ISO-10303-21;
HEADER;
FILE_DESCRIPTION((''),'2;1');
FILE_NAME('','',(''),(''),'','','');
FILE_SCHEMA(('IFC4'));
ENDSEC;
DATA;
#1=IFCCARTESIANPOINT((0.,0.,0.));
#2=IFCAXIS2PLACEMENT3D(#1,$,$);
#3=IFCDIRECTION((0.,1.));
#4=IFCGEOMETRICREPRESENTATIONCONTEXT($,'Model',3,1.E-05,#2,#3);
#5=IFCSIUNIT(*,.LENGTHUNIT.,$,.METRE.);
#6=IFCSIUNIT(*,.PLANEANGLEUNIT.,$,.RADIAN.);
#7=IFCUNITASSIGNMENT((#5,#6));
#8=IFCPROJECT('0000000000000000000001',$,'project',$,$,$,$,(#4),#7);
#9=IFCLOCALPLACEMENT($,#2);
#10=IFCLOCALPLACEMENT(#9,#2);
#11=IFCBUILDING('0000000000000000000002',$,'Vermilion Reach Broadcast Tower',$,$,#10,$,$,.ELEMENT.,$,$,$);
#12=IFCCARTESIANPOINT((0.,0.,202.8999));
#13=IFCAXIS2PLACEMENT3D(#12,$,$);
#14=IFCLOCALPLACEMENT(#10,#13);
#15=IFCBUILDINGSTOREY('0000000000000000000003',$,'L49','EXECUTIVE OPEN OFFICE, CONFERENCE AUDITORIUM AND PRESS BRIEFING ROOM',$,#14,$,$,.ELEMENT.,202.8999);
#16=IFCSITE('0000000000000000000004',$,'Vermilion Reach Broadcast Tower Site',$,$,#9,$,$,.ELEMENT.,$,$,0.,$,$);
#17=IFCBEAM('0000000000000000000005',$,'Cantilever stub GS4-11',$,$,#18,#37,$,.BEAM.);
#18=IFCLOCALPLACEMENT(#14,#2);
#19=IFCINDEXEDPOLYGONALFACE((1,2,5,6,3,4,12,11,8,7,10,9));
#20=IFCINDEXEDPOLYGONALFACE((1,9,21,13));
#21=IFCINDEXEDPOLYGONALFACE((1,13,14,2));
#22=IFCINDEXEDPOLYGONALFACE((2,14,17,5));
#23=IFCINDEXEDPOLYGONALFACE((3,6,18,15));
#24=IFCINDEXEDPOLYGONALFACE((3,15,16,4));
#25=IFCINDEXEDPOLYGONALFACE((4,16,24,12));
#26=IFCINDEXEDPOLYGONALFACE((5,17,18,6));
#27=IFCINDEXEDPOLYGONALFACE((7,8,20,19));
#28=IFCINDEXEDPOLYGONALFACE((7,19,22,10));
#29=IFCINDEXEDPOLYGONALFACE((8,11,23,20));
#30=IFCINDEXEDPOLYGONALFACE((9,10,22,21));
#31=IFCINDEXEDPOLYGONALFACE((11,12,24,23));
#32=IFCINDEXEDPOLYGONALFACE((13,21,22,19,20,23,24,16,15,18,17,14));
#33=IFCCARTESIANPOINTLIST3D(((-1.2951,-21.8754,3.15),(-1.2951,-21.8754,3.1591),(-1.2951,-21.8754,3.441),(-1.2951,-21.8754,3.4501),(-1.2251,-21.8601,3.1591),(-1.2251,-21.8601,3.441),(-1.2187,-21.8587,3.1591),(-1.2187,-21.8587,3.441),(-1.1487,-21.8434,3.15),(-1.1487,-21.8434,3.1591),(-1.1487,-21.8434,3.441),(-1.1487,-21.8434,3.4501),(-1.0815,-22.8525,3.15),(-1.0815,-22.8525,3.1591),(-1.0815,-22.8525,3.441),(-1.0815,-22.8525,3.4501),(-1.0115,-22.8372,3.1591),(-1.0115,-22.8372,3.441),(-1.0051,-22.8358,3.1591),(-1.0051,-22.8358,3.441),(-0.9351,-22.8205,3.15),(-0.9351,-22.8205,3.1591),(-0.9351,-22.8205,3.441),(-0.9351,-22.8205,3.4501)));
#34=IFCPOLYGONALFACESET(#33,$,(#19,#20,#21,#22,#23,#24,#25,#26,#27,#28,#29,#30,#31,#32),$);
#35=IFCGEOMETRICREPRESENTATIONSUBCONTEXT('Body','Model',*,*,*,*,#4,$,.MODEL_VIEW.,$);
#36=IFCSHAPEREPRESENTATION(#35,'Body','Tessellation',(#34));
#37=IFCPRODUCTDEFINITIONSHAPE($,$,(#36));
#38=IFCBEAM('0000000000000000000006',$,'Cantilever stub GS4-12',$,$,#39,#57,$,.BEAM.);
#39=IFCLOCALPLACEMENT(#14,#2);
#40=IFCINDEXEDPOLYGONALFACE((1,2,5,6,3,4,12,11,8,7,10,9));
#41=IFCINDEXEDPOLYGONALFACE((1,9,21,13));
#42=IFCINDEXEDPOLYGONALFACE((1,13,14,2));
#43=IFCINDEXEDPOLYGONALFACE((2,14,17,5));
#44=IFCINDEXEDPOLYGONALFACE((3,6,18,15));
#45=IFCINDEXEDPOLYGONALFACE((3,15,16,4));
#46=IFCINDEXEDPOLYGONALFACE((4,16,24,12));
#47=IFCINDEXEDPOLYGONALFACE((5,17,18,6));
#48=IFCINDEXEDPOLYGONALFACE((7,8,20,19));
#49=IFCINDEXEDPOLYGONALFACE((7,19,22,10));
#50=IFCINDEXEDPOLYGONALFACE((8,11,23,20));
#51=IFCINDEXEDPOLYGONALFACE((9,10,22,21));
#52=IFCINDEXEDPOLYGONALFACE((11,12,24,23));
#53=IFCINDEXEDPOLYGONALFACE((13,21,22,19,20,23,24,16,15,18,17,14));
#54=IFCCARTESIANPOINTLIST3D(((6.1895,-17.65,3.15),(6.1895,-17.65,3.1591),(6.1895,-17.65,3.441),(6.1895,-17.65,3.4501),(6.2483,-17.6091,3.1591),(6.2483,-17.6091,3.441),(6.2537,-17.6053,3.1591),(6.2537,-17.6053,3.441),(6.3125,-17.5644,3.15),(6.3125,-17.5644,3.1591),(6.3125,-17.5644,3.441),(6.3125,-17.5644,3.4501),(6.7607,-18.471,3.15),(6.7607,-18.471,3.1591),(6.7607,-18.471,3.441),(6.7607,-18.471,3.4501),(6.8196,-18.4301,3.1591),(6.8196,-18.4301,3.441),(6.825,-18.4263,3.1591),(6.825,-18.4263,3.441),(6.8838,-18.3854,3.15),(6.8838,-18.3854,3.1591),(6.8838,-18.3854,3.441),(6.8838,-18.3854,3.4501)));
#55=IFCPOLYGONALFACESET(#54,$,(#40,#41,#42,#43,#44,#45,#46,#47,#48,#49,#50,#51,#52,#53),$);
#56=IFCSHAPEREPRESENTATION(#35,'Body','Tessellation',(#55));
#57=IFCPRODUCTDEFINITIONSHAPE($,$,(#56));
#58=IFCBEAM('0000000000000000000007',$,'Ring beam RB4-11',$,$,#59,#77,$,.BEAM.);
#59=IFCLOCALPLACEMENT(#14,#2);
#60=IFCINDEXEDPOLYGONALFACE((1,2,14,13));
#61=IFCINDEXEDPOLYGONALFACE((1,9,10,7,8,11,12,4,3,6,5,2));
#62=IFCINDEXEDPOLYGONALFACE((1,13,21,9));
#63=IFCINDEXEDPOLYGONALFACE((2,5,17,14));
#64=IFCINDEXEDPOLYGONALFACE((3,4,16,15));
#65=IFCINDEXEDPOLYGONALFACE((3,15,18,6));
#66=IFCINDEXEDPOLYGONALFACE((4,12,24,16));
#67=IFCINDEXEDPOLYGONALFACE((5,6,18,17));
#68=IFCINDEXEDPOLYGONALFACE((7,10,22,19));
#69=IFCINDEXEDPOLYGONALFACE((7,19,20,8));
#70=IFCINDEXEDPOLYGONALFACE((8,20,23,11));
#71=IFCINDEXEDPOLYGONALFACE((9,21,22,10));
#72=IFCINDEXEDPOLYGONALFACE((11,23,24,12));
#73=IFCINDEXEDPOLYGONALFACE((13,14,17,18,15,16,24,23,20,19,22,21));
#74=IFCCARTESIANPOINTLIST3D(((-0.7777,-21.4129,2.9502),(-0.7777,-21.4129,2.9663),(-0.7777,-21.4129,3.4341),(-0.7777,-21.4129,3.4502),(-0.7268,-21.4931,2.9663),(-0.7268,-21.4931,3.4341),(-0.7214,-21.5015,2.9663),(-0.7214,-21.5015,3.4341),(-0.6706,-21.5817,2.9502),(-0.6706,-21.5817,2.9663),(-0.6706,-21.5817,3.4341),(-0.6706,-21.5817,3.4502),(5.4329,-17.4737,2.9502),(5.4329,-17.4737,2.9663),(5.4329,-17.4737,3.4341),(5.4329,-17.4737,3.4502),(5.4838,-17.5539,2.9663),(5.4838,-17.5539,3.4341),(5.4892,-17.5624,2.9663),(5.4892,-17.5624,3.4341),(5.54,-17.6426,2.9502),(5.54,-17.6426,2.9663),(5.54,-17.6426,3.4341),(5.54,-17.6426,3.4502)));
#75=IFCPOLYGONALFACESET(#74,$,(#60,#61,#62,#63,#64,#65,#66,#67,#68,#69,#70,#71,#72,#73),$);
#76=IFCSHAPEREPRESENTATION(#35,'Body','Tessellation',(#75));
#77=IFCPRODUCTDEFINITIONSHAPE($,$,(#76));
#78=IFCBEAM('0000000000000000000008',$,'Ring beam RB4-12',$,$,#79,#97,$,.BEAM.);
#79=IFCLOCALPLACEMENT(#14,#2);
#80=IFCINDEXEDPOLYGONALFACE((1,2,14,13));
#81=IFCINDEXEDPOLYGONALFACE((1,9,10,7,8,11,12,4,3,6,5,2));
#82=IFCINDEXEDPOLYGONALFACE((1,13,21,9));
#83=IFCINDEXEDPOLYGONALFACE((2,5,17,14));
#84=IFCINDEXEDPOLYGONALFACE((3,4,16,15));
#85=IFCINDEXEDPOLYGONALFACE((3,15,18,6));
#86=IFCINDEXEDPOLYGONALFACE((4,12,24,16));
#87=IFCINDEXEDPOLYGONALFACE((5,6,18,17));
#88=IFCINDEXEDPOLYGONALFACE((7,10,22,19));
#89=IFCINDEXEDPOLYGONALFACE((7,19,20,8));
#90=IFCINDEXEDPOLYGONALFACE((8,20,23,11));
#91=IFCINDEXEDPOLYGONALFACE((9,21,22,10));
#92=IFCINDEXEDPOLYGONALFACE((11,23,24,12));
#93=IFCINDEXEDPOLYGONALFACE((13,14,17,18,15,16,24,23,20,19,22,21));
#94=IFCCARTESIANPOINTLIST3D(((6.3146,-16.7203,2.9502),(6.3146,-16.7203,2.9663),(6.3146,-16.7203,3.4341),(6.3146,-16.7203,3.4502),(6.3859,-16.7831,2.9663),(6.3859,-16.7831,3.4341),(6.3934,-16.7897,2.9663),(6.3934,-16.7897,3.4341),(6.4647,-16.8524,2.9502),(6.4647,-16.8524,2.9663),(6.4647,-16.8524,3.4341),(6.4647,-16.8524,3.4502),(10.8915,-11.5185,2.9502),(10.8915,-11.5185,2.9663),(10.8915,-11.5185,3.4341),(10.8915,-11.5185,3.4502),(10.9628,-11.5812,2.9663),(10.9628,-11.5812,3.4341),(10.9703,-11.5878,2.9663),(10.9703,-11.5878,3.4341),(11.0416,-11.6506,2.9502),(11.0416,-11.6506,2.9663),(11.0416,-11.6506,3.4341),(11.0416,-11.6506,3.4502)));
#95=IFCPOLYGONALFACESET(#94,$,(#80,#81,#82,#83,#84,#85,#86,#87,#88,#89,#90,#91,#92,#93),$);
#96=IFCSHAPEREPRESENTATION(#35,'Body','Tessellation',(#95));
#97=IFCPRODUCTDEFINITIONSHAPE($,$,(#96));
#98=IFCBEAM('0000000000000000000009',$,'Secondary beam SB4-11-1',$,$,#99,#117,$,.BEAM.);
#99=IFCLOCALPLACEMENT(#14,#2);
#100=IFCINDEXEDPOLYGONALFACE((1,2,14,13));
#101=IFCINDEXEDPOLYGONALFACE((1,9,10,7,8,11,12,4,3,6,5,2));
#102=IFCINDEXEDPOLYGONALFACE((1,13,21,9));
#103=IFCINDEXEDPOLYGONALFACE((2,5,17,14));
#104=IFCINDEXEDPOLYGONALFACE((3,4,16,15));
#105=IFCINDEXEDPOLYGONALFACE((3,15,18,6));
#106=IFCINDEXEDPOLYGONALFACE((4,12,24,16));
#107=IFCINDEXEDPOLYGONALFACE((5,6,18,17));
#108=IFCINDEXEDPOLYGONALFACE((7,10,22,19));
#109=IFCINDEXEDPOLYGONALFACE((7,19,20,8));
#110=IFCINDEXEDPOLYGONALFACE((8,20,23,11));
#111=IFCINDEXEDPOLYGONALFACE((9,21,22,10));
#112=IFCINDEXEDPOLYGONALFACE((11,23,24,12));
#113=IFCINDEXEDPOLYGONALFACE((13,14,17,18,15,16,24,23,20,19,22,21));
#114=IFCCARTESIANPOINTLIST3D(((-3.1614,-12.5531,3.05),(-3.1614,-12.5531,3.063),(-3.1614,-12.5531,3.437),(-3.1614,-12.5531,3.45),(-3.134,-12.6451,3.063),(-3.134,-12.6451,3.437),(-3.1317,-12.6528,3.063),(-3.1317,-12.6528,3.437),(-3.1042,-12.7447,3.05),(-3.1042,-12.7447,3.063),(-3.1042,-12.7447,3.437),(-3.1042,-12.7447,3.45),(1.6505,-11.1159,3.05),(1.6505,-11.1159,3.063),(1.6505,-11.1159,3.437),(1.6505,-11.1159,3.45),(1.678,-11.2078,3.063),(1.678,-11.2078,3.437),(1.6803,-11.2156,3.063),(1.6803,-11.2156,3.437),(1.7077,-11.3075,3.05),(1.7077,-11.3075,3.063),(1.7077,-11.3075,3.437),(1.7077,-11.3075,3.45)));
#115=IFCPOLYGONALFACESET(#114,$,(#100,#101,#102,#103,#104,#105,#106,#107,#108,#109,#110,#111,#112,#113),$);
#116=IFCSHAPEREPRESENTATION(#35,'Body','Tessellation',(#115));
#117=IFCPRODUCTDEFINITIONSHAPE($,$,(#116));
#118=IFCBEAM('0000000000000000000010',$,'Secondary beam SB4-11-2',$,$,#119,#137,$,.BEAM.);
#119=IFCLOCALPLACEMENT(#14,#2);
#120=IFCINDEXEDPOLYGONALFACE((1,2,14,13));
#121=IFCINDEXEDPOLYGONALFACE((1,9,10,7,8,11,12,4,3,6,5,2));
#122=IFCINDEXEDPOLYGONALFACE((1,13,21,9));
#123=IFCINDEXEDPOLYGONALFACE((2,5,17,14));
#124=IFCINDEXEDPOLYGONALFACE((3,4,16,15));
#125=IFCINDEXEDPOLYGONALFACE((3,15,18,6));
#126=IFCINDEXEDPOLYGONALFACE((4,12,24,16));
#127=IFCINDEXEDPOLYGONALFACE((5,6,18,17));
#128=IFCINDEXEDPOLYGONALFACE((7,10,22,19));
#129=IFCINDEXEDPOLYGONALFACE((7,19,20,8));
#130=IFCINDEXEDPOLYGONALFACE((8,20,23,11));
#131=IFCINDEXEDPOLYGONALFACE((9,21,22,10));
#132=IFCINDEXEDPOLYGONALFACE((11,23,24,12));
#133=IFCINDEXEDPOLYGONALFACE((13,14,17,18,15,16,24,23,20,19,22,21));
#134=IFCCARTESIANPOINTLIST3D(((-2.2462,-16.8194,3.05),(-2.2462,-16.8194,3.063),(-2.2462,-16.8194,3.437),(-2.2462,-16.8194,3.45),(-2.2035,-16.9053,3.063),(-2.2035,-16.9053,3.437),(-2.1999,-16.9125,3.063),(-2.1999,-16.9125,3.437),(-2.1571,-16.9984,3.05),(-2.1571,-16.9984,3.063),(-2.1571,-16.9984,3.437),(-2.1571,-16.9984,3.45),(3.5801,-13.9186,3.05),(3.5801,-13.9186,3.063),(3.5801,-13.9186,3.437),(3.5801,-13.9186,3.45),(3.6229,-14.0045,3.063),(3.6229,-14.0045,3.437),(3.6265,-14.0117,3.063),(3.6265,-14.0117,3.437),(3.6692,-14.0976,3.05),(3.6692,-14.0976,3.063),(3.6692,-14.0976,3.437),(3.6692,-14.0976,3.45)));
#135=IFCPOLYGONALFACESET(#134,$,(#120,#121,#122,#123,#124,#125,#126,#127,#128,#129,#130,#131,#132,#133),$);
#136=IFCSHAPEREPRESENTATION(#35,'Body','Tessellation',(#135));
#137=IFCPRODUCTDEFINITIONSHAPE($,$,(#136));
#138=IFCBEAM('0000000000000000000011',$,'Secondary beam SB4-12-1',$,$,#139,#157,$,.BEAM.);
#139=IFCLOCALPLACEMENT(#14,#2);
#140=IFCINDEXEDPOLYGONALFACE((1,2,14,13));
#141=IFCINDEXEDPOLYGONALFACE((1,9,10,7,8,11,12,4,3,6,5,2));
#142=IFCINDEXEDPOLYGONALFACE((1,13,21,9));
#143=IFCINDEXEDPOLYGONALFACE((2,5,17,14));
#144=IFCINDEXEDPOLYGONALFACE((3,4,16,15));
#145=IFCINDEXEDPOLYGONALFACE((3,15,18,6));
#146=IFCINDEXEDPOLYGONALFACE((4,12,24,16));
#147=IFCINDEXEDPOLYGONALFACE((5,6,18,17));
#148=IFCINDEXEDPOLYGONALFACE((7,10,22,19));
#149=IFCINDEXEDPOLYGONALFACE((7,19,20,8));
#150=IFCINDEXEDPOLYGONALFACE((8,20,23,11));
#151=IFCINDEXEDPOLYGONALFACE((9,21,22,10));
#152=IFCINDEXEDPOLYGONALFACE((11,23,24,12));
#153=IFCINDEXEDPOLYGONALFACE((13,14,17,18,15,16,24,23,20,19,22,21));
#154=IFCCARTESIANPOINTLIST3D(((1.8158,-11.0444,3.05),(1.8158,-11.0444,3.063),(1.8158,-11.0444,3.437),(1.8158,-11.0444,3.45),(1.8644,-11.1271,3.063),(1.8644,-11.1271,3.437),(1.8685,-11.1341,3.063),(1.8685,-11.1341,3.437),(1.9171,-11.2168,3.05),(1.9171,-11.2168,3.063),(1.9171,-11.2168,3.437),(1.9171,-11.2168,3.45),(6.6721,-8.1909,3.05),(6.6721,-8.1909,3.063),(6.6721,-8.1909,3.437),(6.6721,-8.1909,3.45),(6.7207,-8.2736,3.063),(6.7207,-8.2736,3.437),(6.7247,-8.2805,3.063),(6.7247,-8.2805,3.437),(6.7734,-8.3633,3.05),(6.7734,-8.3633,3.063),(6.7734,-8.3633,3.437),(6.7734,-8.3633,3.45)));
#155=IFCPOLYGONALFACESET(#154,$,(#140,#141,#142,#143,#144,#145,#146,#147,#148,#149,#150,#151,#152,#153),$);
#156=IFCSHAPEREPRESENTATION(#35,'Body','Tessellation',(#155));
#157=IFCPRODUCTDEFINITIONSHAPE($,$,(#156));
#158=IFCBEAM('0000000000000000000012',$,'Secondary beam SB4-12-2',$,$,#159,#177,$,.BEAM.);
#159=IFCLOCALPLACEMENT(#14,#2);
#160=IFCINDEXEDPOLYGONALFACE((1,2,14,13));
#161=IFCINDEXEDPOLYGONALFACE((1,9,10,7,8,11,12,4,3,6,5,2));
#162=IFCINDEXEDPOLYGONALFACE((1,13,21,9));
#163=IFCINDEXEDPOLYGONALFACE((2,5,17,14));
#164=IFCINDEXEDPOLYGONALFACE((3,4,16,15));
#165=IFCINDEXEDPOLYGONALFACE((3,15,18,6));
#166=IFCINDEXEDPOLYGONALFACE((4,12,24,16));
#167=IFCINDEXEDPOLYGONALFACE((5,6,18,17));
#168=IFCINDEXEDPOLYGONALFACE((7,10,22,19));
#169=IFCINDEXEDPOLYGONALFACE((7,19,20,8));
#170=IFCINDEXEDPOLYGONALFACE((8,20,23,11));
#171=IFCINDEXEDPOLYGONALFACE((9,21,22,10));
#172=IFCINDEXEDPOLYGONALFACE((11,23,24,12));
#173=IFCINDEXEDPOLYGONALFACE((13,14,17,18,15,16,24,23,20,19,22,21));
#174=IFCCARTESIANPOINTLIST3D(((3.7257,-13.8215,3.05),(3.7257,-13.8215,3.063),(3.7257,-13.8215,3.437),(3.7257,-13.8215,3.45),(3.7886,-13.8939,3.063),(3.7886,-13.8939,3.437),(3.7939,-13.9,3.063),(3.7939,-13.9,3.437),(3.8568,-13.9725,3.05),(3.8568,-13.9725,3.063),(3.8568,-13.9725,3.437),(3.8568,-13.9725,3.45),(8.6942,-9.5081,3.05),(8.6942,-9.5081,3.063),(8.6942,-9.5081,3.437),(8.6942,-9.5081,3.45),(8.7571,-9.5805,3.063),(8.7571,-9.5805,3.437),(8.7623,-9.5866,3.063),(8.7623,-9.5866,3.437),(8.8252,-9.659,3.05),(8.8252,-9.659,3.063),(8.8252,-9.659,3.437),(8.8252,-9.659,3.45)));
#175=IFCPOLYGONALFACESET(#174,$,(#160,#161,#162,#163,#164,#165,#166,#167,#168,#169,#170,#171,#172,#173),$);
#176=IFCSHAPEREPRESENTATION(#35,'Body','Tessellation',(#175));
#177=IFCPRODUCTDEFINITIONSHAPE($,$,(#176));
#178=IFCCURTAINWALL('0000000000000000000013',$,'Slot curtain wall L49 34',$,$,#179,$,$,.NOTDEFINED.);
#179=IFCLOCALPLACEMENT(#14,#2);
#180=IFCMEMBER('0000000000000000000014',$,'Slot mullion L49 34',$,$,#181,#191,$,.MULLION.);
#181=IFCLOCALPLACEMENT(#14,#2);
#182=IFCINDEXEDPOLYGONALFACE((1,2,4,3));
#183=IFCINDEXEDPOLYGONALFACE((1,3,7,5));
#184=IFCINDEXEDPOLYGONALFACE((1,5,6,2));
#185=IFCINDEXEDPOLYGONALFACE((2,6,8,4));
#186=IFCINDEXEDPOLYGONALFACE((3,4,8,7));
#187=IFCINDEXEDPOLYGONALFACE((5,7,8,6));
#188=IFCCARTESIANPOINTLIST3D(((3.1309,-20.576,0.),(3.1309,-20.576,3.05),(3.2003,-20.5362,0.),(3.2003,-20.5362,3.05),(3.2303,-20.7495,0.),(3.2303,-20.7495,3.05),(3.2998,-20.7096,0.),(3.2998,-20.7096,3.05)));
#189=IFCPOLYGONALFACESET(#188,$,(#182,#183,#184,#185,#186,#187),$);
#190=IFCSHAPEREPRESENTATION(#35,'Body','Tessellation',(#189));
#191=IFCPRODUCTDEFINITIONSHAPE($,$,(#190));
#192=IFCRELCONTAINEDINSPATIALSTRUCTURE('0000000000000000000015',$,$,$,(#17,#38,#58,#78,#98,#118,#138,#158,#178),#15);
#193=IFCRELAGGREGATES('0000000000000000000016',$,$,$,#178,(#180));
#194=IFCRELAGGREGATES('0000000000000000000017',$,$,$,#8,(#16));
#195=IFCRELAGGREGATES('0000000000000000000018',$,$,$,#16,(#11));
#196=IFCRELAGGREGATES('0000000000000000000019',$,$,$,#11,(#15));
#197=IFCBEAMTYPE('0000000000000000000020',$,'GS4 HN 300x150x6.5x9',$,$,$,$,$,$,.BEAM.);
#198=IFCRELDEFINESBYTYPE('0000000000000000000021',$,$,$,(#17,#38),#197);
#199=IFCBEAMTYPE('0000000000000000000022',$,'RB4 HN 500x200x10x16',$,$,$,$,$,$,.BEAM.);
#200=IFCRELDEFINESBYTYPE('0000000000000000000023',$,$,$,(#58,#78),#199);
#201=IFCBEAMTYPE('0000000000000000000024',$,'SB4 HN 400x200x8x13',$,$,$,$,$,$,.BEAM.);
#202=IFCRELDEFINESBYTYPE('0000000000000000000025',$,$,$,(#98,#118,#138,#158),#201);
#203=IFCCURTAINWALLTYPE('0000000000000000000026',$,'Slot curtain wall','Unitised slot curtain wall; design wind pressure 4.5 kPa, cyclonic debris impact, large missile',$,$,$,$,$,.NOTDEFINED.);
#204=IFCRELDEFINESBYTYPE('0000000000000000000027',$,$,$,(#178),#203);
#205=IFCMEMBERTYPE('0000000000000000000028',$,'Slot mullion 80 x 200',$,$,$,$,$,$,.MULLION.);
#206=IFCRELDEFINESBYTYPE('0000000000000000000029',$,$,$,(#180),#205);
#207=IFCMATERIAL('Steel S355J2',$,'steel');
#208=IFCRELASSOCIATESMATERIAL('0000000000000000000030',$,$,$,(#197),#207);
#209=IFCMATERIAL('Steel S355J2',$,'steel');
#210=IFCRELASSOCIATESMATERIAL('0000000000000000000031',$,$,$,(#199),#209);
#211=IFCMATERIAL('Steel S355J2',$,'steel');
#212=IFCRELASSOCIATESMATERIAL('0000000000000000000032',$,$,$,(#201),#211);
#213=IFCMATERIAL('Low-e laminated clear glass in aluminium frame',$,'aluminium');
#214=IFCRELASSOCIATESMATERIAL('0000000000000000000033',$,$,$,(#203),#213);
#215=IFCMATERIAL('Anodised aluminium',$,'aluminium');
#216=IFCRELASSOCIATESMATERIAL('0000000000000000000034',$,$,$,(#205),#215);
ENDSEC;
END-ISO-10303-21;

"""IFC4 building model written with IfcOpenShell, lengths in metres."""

from ifc_helpers import new_model, si_unit, direction, frame, origin, origin_2d, place, context, subcontext, project, spatial, rectangle, i_section, extrude, material, material_profile, profile_set, type_object, element, aggregate, save


model = new_model("IFC4")

# Units and contexts
model_context = context("Model", 3, precision=1e-05, world=origin(), true_north=direction((0.0, 1.0)))
body_context = subcontext(model_context, "Body", "Model", "MODEL_VIEW")
ifc_project = project(units=[si_unit("LENGTHUNIT", "METRE"), si_unit("PLANEANGLEUNIT", "RADIAN")], contexts=[model_context])

# Site, building, storey
site_placement = place(None, origin())
site = spatial("IfcSite", under=ifc_project, at=site_placement, Name="Vermilion Reach Broadcast Tower Site", CompositionType="ELEMENT", RefElevation=0.0)
building_placement = place(site_placement, origin())
building = spatial("IfcBuilding", under=site, at=building_placement, Name="Vermilion Reach Broadcast Tower", CompositionType="ELEMENT")
storey_placement = place(building_placement, frame((0.0, 0.0, 202.8999)))
storey = spatial("IfcBuildingStorey", under=building, at=storey_placement, Name="L49", Description="EXECUTIVE OPEN OFFICE, CONFERENCE AUDITORIUM AND PRESS BRIEFING ROOM", CompositionType="ELEMENT", Elevation=202.8999)

# Beams
ifc_material_1 = material(Name="Steel S355J2", Category="steel")
ifc_material_profile_1 = material_profile(ifc_material_1, i_section(OverallWidth=0.1499, OverallDepth=0.3, WebThickness=0.0066, FlangeThickness=0.009, at=origin_2d()), Name="S355J2 HN 300x150x6.5x9")
ifc_profile_set_1 = profile_set([ifc_material_profile_1], Name="Steel S355J2")
beam_type_1 = type_object("IfcBeamType", Name="GS4 HN 300x150x6.5x9", PredefinedType="BEAM", material=ifc_profile_set_1)
for number, where, z_axis, x_axis, name in (
    (1, (-1.2219, -21.8594, 3.3), (0.213595, -0.976922, 0.0), (0.976922, 0.213595, 0.0), "Cantilever stub GS4-11"),
    (2, (6.251, -17.6072, 3.3), (0.57115, -0.820845, 0.0), (0.820845, 0.57115, 0.0), "Cantilever stub GS4-12"),
):
    element("IfcBeam", number, at=place(storey_placement, frame(where, z_axis=z_axis, x_axis=x_axis)), inside=storey, type_object=beam_type_1, Name=name, PredefinedType="BEAM", context=body_context, shape_type="SweptSolid", body=[
        extrude(i_section(OverallWidth=0.1499, OverallDepth=0.3, WebThickness=0.0066, FlangeThickness=0.009, at=origin_2d()), origin(), (0.0, 0.0, 1.0), 1.0002),
    ])
ifc_material_2 = material(Name="Steel S355J2", Category="steel")
ifc_material_profile_2 = material_profile(ifc_material_2, i_section(OverallWidth=0.2, OverallDepth=0.5, WebThickness=0.01, FlangeThickness=0.0161, at=origin_2d()), Name="S355J2 HN 500x200x10x16")
ifc_profile_set_2 = profile_set([ifc_material_profile_2], Name="Steel S355J2")
beam_type_2 = type_object("IfcBeamType", Name="RB4 HN 500x200x10x16", PredefinedType="BEAM", material=ifc_profile_set_2)
beam_1_placement = place(storey_placement, frame((-0.7241, -21.4973, 3.2002), z_axis=(0.844464, 0.535612, 0.0), x_axis=(-0.535612, 0.844464, 0.0)))
element("IfcBeam", 3, at=beam_1_placement, inside=storey, type_object=beam_type_2, Name="Ring beam RB4-11", PredefinedType="BEAM", context=body_context, shape_type="SweptSolid", body=[
    extrude(i_section(OverallWidth=0.2, OverallDepth=0.5, WebThickness=0.01, FlangeThickness=0.0161, at=origin_2d()), origin(), (0.0, 0.0, 1.0), 7.3545),
])
beam_2_placement = place(storey_placement, frame((6.3896, -16.7864, 3.2002), z_axis=(0.660565, 0.750769, 0.0), x_axis=(-0.750769, 0.660565, 0.0)))
element("IfcBeam", 4, at=beam_2_placement, inside=storey, type_object=beam_type_2, Name="Ring beam RB4-12", PredefinedType="BEAM", context=body_context, shape_type="SweptSolid", body=[
    extrude(i_section(OverallWidth=0.2, OverallDepth=0.5, WebThickness=0.01, FlangeThickness=0.0161, at=origin_2d()), origin(), (0.0, 0.0, 1.0), 6.9287),
])
ifc_material_3 = material(Name="Steel S355J2", Category="steel")
ifc_material_profile_3 = material_profile(ifc_material_3, i_section(OverallWidth=0.2, OverallDepth=0.3999, WebThickness=0.0081, FlangeThickness=0.0129, at=origin_2d()), Name="S355J2 HN 400x200x8x13")
ifc_profile_set_3 = profile_set([ifc_material_profile_3], Name="Steel S355J2")
beam_type_3 = type_object("IfcBeamType", Name="SB4 HN 400x200x8x13", PredefinedType="BEAM", material=ifc_profile_set_3)
beam_3_placement = place(storey_placement, frame((-3.1328, -12.6489, 3.25), z_axis=(0.958173, 0.286188, 0.0), x_axis=(-0.286188, 0.958173, 0.0)))
element("IfcBeam", 5, at=beam_3_placement, inside=storey, type_object=beam_type_3, Name="Secondary beam SB4-11-1", PredefinedType="BEAM", context=body_context, shape_type="SweptSolid", body=[
    extrude(i_section(OverallWidth=0.2, OverallDepth=0.3999, WebThickness=0.0081, FlangeThickness=0.0129, at=origin_2d()), origin(), (0.0, 0.0, 1.0), 5.022),
])
beam_4_placement = place(storey_placement, frame((-2.2017, -16.9089, 3.25), z_axis=(0.895184, 0.445698, 0.0), x_axis=(-0.445698, 0.895184, 0.0)))
element("IfcBeam", 6, at=beam_4_placement, inside=storey, type_object=beam_type_3, Name="Secondary beam SB4-11-2", PredefinedType="BEAM", context=body_context, shape_type="SweptSolid", body=[
    extrude(i_section(OverallWidth=0.2, OverallDepth=0.3999, WebThickness=0.0081, FlangeThickness=0.0129, at=origin_2d()), origin(), (0.0, 0.0, 1.0), 6.5085),
])
beam_5_placement = place(storey_placement, frame((1.8665, -11.1306, 3.25), z_axis=(0.862173, 0.506615, 0.0), x_axis=(-0.506615, 0.862173, 0.0)))
element("IfcBeam", 7, at=beam_5_placement, inside=storey, type_object=beam_type_3, Name="Secondary beam SB4-12-1", PredefinedType="BEAM", context=body_context, shape_type="SweptSolid", body=[
    extrude(i_section(OverallWidth=0.2, OverallDepth=0.3999, WebThickness=0.0081, FlangeThickness=0.0129, at=origin_2d()), origin(), (0.0, 0.0, 1.0), 5.6326),
])
beam_6_placement = place(storey_placement, frame((3.7913, -13.897, 3.25), z_axis=(0.755129, 0.655576, 0.0), x_axis=(-0.655576, 0.755129, 0.0)))
element("IfcBeam", 8, at=beam_6_placement, inside=storey, type_object=beam_type_3, Name="Secondary beam SB4-12-2", PredefinedType="BEAM", context=body_context, shape_type="SweptSolid", body=[
    extrude(i_section(OverallWidth=0.2, OverallDepth=0.3999, WebThickness=0.0081, FlangeThickness=0.0129, at=origin_2d()), origin(), (0.0, 0.0, 1.0), 6.5796),
])

# Curtain wall, member
ifc_material_4 = material(Name="Low-e laminated clear glass in aluminium frame", Category="aluminium")
curtain_wall_type = type_object("IfcCurtainWallType", Name="Slot curtain wall", Description="Unitised slot curtain wall; design wind pressure 4.5 kPa, cyclonic debris impact, large missile", PredefinedType="NOTDEFINED", material=ifc_material_4)
placement = place(storey_placement, origin())
curtain_wall_1 = element("IfcCurtainWall", 9, at=placement, inside=storey, type_object=curtain_wall_type, Name="Slot curtain wall L49 34", PredefinedType="NOTDEFINED")
ifc_material_5 = material(Name="Anodised aluminium", Category="aluminium")
ifc_material_profile_4 = material_profile(ifc_material_5, rectangle(XDim=0.2, YDim=0.0801, at=origin_2d()), Name="Slot mullion 80 x 200")
ifc_profile_set_4 = profile_set([ifc_material_profile_4], Name="Anodised aluminium")
member_type_1 = type_object("IfcMemberType", Name="Slot mullion 80 x 200", PredefinedType="MULLION", material=ifc_profile_set_4)
member_1_placement = place(storey_placement, frame((3.2153, -20.6428, 0.0), z_axis=(0.0, 0.0, 1.0), x_axis=(-0.497565, 0.867427, 0.0)))
member_1 = element("IfcMember", 10, at=member_1_placement, type_object=member_type_1, Name="Slot mullion L49 34", PredefinedType="MULLION", context=body_context, shape_type="SweptSolid", body=[
    extrude(rectangle(XDim=0.2, YDim=0.0801, at=origin_2d()), origin(), (0.0, 0.0, 1.0), 3.05),
])

aggregate(curtain_wall_1, [member_1])

save(model, "model.ifc")
